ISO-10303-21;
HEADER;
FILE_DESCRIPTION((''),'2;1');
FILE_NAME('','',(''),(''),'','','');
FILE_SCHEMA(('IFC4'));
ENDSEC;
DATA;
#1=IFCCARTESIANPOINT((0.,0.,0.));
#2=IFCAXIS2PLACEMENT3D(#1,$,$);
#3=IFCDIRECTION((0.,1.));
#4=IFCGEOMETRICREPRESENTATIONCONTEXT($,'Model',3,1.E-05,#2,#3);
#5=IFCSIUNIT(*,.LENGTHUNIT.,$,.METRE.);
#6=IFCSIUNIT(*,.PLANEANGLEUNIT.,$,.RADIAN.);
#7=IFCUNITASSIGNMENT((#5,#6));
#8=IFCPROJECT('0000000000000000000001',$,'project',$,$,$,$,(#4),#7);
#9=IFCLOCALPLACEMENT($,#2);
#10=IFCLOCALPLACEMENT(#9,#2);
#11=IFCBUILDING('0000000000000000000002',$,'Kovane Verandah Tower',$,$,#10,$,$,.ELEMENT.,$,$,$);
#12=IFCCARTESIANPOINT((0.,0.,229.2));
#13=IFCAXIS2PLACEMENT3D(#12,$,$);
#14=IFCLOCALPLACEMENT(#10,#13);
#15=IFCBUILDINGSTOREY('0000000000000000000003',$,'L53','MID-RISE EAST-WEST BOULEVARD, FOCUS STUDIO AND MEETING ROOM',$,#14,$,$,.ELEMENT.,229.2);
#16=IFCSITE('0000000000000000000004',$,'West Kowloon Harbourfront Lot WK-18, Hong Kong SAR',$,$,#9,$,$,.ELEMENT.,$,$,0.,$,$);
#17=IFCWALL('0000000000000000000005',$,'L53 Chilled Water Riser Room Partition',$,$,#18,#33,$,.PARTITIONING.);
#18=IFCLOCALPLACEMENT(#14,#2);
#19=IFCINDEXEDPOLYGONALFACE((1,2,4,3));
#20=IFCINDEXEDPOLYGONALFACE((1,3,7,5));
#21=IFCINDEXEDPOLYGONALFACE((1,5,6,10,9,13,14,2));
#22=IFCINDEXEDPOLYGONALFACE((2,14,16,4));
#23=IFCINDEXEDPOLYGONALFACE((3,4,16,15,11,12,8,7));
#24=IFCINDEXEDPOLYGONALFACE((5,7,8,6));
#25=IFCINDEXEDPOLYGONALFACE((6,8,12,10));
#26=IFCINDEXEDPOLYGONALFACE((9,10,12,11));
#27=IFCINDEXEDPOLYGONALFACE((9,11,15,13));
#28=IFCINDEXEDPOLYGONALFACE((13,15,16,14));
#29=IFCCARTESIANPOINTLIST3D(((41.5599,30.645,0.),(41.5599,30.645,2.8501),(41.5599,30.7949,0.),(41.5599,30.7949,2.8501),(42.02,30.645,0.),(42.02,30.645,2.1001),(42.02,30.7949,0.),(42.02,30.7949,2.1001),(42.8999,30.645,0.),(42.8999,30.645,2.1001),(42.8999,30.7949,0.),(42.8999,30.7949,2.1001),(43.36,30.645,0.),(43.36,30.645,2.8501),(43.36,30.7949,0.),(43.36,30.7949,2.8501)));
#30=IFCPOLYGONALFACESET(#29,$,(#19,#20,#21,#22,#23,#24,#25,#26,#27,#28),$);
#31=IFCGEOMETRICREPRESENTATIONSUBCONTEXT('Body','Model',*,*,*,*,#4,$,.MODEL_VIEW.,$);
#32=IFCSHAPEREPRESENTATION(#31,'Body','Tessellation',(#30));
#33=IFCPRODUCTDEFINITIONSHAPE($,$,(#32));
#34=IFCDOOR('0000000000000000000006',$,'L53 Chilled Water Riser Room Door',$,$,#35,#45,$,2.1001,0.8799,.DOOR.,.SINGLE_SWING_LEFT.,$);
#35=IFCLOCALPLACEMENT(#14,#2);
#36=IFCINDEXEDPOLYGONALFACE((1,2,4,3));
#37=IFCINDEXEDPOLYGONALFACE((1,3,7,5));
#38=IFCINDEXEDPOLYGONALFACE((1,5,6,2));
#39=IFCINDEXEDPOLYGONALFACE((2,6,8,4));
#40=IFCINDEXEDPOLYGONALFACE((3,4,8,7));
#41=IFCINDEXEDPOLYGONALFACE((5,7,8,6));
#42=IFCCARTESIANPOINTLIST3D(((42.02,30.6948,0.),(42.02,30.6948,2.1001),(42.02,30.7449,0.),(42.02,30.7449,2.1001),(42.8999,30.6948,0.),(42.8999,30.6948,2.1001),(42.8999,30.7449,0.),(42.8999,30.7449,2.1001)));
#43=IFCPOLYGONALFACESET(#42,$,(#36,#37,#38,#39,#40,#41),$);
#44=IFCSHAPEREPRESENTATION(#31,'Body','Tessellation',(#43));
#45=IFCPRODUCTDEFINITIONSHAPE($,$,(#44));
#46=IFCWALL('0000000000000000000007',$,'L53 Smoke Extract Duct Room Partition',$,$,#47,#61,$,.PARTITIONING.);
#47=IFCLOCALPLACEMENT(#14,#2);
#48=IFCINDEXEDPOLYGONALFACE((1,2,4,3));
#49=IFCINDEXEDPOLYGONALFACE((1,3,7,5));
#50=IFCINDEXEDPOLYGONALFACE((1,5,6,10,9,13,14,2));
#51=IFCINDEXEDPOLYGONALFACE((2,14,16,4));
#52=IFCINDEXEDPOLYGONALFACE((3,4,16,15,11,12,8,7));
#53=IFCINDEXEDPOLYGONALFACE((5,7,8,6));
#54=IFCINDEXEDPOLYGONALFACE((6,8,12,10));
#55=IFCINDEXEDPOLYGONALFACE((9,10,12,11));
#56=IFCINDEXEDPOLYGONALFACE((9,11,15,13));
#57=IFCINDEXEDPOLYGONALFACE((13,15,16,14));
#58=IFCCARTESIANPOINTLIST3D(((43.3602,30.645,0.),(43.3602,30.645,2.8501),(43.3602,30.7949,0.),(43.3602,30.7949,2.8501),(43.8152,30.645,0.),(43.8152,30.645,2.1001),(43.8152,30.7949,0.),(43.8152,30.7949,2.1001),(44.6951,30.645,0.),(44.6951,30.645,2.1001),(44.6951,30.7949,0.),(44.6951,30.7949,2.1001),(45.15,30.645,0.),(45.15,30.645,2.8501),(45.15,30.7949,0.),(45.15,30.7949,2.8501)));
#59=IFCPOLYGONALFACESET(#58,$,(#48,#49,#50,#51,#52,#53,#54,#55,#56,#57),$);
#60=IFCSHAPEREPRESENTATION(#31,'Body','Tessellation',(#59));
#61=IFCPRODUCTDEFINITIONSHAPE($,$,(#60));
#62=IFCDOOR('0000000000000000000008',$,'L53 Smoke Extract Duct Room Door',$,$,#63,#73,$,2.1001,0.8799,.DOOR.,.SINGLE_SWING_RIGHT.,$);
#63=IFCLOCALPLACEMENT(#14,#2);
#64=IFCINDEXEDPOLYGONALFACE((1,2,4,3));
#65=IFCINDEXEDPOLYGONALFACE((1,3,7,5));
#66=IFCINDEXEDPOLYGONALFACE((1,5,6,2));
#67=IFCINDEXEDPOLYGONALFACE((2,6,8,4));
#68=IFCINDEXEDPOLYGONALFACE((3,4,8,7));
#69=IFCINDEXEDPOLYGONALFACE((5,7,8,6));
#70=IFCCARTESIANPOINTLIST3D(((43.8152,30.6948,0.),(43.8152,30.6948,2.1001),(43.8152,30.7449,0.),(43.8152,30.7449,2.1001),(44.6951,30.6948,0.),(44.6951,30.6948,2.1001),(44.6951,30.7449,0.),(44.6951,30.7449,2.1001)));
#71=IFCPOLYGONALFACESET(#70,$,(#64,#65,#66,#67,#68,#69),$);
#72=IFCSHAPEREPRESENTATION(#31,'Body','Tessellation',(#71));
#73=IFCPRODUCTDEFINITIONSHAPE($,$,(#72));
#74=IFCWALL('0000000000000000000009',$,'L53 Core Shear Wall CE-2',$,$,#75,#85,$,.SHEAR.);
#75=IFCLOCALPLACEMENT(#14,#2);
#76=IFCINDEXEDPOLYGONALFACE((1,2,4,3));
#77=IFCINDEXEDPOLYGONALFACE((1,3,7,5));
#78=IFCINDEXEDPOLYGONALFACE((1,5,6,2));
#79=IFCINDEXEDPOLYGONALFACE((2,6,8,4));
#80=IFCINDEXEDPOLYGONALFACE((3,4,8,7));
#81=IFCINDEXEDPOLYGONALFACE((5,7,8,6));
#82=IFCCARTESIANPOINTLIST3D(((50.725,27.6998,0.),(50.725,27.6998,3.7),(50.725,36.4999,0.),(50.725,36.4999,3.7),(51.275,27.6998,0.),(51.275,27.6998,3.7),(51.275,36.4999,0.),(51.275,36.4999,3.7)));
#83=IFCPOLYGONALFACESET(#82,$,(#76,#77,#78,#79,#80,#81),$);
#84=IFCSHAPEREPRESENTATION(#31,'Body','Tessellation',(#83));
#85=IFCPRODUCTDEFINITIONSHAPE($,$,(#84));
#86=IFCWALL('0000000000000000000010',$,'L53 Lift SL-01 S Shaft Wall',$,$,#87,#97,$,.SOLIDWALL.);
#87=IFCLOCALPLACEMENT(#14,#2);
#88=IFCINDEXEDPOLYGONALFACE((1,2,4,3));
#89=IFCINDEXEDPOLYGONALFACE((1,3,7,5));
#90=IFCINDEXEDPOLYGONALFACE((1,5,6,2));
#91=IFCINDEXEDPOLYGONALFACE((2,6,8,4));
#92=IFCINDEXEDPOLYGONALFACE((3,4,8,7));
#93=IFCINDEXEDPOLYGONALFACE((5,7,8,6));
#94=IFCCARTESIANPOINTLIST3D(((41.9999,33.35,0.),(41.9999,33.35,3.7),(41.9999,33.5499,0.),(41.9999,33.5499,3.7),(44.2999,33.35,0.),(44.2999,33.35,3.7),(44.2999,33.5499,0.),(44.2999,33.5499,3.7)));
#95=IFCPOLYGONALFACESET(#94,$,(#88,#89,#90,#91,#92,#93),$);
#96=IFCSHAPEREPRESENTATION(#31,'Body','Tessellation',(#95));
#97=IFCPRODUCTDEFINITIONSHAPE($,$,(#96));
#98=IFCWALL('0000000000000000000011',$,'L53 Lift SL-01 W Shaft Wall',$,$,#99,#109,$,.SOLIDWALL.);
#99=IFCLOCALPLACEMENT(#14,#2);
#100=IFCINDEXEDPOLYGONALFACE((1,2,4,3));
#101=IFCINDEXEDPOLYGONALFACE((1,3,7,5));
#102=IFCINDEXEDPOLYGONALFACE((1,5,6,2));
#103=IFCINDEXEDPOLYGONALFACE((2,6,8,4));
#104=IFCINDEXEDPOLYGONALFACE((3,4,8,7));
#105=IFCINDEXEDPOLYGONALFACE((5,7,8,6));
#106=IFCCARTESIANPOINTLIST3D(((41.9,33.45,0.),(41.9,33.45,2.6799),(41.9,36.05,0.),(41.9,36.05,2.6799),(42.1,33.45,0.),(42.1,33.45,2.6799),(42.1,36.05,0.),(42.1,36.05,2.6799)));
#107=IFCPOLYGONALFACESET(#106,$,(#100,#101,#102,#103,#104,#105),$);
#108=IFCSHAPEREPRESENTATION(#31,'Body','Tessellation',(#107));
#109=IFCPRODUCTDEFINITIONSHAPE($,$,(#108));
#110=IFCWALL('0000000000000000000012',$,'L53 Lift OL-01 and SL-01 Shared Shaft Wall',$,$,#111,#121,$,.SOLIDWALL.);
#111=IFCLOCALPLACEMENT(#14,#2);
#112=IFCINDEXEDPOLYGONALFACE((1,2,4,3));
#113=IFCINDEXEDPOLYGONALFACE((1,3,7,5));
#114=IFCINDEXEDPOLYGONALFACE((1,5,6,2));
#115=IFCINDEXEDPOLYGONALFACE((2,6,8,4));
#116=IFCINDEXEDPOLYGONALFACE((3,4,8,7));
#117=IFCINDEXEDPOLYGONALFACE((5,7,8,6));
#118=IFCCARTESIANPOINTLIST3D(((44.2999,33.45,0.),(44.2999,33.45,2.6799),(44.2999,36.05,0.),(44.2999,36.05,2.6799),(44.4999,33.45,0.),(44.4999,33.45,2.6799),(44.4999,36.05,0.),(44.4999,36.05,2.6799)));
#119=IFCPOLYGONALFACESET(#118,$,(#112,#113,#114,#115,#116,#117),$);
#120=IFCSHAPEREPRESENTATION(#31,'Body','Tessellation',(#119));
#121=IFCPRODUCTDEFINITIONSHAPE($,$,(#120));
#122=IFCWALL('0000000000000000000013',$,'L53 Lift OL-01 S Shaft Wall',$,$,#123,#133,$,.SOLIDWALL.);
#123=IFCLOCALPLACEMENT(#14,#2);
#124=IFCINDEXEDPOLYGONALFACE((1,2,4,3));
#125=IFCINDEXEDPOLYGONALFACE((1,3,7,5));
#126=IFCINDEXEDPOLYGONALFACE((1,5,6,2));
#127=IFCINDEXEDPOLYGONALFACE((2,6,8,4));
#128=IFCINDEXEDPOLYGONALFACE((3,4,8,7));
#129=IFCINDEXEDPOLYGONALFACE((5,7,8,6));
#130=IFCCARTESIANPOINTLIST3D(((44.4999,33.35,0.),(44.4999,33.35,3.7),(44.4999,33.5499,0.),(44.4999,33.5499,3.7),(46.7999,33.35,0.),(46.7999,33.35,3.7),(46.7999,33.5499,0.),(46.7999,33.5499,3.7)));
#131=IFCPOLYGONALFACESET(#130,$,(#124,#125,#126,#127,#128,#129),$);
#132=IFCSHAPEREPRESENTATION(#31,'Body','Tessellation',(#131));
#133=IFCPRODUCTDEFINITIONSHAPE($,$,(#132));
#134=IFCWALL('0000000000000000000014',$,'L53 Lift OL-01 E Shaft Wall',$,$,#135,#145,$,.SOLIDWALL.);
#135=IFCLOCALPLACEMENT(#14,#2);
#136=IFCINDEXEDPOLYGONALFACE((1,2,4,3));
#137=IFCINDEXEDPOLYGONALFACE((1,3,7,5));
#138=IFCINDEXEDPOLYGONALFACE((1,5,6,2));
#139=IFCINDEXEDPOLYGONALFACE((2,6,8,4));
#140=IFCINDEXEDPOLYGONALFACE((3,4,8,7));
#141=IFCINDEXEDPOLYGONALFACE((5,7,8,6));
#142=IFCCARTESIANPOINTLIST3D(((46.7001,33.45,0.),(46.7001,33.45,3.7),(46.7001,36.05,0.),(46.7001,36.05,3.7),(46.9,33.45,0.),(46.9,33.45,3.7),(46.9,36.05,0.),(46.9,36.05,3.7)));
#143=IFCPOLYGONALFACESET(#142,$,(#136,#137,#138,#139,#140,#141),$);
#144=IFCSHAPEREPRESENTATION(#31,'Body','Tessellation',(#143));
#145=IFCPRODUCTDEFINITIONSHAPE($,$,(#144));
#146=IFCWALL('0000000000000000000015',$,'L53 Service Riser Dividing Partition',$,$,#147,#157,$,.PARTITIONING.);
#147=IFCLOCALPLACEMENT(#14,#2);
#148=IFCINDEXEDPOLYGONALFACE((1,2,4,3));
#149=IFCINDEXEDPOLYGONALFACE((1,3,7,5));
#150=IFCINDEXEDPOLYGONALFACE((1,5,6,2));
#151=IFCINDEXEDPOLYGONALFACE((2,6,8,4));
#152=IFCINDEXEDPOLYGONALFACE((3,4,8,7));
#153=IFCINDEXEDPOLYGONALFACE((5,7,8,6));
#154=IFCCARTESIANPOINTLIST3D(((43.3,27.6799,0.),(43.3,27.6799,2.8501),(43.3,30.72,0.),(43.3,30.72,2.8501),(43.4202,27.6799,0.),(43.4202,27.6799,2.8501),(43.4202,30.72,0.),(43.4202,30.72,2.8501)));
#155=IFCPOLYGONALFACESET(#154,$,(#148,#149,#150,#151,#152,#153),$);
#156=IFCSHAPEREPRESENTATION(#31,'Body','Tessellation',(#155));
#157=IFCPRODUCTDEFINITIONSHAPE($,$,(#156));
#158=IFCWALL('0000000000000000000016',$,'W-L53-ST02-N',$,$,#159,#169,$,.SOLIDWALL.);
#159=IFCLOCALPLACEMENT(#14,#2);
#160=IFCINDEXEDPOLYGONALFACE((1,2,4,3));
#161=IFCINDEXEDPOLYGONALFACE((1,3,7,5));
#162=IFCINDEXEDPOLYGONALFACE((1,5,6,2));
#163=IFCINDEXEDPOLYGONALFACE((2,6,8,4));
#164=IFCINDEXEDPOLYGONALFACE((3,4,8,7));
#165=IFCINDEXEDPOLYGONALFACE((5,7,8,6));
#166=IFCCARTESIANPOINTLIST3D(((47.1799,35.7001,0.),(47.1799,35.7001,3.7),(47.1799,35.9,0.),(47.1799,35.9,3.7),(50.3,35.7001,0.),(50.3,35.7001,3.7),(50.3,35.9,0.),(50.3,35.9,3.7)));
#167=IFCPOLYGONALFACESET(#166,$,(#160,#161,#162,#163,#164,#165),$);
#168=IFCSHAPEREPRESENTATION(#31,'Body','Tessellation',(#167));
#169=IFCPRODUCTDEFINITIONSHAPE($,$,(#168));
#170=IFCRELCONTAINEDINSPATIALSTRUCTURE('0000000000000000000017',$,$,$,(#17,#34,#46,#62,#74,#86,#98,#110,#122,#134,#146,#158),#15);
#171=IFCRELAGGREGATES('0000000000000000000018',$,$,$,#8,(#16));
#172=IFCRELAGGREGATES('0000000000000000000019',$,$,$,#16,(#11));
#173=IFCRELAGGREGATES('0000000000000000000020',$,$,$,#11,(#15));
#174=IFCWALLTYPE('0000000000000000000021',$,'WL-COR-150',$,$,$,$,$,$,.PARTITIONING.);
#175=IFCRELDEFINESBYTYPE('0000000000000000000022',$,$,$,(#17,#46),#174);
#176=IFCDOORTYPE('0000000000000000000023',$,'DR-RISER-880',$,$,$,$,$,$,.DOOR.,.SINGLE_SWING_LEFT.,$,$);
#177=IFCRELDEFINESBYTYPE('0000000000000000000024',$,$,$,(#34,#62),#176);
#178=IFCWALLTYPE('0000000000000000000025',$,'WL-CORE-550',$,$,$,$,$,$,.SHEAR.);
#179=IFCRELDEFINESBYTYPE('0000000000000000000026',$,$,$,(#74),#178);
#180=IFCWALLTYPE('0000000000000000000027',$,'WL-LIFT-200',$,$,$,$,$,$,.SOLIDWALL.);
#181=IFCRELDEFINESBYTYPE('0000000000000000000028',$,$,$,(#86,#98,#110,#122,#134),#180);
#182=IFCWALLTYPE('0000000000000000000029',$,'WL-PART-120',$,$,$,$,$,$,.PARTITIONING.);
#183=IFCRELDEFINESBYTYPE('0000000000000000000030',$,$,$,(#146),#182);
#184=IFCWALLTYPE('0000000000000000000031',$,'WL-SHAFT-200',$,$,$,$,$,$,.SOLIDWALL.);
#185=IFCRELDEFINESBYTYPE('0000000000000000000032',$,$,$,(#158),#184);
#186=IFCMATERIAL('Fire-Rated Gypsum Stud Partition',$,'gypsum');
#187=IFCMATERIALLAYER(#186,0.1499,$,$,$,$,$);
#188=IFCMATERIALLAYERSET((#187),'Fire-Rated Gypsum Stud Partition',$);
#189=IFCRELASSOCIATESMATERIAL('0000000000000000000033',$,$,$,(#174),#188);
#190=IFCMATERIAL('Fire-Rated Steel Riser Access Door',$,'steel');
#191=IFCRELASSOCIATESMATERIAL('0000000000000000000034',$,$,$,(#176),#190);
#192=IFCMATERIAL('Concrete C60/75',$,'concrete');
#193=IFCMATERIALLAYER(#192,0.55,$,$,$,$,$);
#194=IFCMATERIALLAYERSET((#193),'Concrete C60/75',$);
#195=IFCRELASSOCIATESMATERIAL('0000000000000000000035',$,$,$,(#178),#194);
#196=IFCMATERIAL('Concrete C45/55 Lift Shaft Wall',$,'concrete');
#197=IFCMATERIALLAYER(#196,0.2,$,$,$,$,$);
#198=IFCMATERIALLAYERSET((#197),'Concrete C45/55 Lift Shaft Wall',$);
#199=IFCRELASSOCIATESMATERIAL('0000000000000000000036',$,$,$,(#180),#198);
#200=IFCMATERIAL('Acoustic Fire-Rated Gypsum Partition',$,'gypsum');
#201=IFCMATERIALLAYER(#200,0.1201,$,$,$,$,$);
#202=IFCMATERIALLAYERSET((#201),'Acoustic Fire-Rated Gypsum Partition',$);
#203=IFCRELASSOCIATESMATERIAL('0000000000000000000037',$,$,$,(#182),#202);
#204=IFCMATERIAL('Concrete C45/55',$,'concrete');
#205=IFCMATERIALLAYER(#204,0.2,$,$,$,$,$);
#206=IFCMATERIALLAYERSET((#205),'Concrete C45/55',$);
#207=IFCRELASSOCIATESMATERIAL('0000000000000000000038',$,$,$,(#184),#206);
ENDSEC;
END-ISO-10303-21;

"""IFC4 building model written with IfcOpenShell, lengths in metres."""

from ifc_helpers import new_model, si_unit, direction, frame, frame_2d, origin, place, context, subcontext, project, spatial, rectangle, extrude, material, layer, layer_set, type_object, element, fill, save


model = new_model("IFC4")

# Units and contexts
model_context = context("Model", 3, precision=1e-05, world=origin(), true_north=direction((0.0, 1.0)))
body_context = subcontext(model_context, "Body", "Model", "MODEL_VIEW")
ifc_project = project(units=[si_unit("LENGTHUNIT", "METRE"), si_unit("PLANEANGLEUNIT", "RADIAN")], contexts=[model_context])

# Site, building, storey
site_placement = place(None, origin())
site = spatial("IfcSite", under=ifc_project, at=site_placement, Name="West Kowloon Harbourfront Lot WK-18, Hong Kong SAR", CompositionType="ELEMENT", RefElevation=0.0)
building_placement = place(site_placement, origin())
building = spatial("IfcBuilding", under=site, at=building_placement, Name="Kovane Verandah Tower", CompositionType="ELEMENT")
storey_placement = place(building_placement, frame((0.0, 0.0, 229.2)))
storey = spatial("IfcBuildingStorey", under=building, at=storey_placement, Name="L53", Description="MID-RISE EAST-WEST BOULEVARD, FOCUS STUDIO AND MEETING ROOM", CompositionType="ELEMENT", Elevation=229.2)

# Walls, openings, doors
ifc_material_1 = material(Name="Fire-Rated Gypsum Stud Partition", Category="gypsum")
ifc_layer_1 = layer(ifc_material_1, 0.1499)
ifc_layer_set_1 = layer_set([ifc_layer_1], Name="Fire-Rated Gypsum Stud Partition")
wall_type_1 = type_object("IfcWallType", Name="WL-COR-150", PredefinedType="PARTITIONING", material=ifc_layer_set_1)
wall_1_placement = place(storey_placement, frame((41.5601, 30.72, 0.0), z_axis=(0.0, 0.0, 1.0), x_axis=(1.0, 0.0, 0.0)))
wall_1 = element("IfcWall", 1, at=wall_1_placement, inside=storey, type_object=wall_type_1, Name="L53 Chilled Water Riser Room Partition", PredefinedType="PARTITIONING", context=body_context, shape_type="SweptSolid", body=[
    extrude(rectangle(XDim=1.8, YDim=0.1499, at=frame_2d((0.8999, 0.0))), origin(), (0.0, 0.0, 1.0), 2.8501),
])
opening_1_placement = place(wall_1_placement, frame((0.46, 0.0, 0.0)))
opening_1 = element("IfcOpeningElement", 2, at=opening_1_placement, cuts=wall_1, PredefinedType="OPENING", context=body_context, shape_type="SweptSolid", body=[
    extrude(rectangle(XDim=0.8799, YDim=2.1001, at=frame_2d((0.4399, 1.05))), frame((0.0, 0.075, 0.0), z_axis=(0.0, -1.0, 0.0), x_axis=(1.0, 0.0, 0.0)), (0.0, 0.0, 1.0), 0.1499),
])
ifc_material_2 = material(Name="Fire-Rated Steel Riser Access Door", Category="steel")
door_type = type_object("IfcDoorType", Name="DR-RISER-880", OperationType="SINGLE_SWING_LEFT", PredefinedType="DOOR", material=ifc_material_2)
door_1_placement = place(opening_1_placement, origin())
door_1 = element("IfcDoor", 3, at=door_1_placement, inside=storey, type_object=door_type, Name="L53 Chilled Water Riser Room Door", OperationType="SINGLE_SWING_LEFT", OverallHeight=2.1001, OverallWidth=0.8799, PredefinedType="DOOR", context=body_context, shape_type="SweptSolid", body=[
    extrude(rectangle(XDim=0.8799, YDim=2.1001, at=frame_2d((0.4399, 1.05))), frame((0.0, 0.0249, 0.0), z_axis=(0.0, -1.0, 0.0), x_axis=(1.0, 0.0, 0.0)), (0.0, 0.0, 1.0), 0.05),
])
fill(opening_1, door_1)
wall_2_placement = place(storey_placement, frame((43.3601, 30.72, 0.0), z_axis=(0.0, 0.0, 1.0), x_axis=(1.0, 0.0, 0.0)))
wall_2 = element("IfcWall", 4, at=wall_2_placement, inside=storey, type_object=wall_type_1, Name="L53 Smoke Extract Duct Room Partition", PredefinedType="PARTITIONING", context=body_context, shape_type="SweptSolid", body=[
    extrude(rectangle(XDim=1.7898, YDim=0.1499, at=frame_2d((0.895, 0.0))), origin(), (0.0, 0.0, 1.0), 2.8501),
])
opening_2_placement = place(wall_2_placement, frame((0.4551, 0.0, 0.0)))
opening_2 = element("IfcOpeningElement", 5, at=opening_2_placement, cuts=wall_2, PredefinedType="OPENING", context=body_context, shape_type="SweptSolid", body=[
    extrude(rectangle(XDim=0.8799, YDim=2.1001, at=frame_2d((0.4399, 1.05))), frame((0.0, 0.075, 0.0), z_axis=(0.0, -1.0, 0.0), x_axis=(1.0, 0.0, 0.0)), (0.0, 0.0, 1.0), 0.1499),
])
door_2_placement = place(opening_2_placement, origin())
door_2 = element("IfcDoor", 6, at=door_2_placement, inside=storey, type_object=door_type, Name="L53 Smoke Extract Duct Room Door", OperationType="SINGLE_SWING_RIGHT", OverallHeight=2.1001, OverallWidth=0.8799, PredefinedType="DOOR", context=body_context, shape_type="SweptSolid", body=[
    extrude(rectangle(XDim=0.8799, YDim=2.1001, at=frame_2d((0.4399, 1.05))), frame((0.0, 0.0249, 0.0), z_axis=(0.0, -1.0, 0.0), x_axis=(1.0, 0.0, 0.0)), (0.0, 0.0, 1.0), 0.05),
])
fill(opening_2, door_2)

# Walls
ifc_material_3 = material(Name="Concrete C60/75", Category="concrete")
ifc_layer_2 = layer(ifc_material_3, 0.55)
ifc_layer_set_2 = layer_set([ifc_layer_2], Name="Concrete C60/75")
wall_type_2 = type_object("IfcWallType", Name="WL-CORE-550", PredefinedType="SHEAR", material=ifc_layer_set_2)
wall_3_placement = place(storey_placement, frame((51.0, 27.7, 0.0), z_axis=(0.0, 0.0, 1.0), x_axis=(0.0, 1.0, 0.0)))
element("IfcWall", 7, at=wall_3_placement, inside=storey, type_object=wall_type_2, Name="L53 Core Shear Wall CE-2", PredefinedType="SHEAR", context=body_context, shape_type="SweptSolid", body=[
    extrude(rectangle(XDim=8.8, YDim=0.55, at=frame_2d((4.3999, 0.0))), origin(), (0.0, 0.0, 1.0), 3.7),
])
ifc_material_4 = material(Name="Concrete C45/55 Lift Shaft Wall", Category="concrete")
ifc_layer_3 = layer(ifc_material_4, 0.2)
ifc_layer_set_3 = layer_set([ifc_layer_3], Name="Concrete C45/55 Lift Shaft Wall")
wall_type_3 = type_object("IfcWallType", Name="WL-LIFT-200", PredefinedType="SOLIDWALL", material=ifc_layer_set_3)
wall_4_placement = place(storey_placement, frame((42.0, 33.45, 0.0), z_axis=(0.0, 0.0, 1.0), x_axis=(1.0, 0.0, 0.0)))
element("IfcWall", 8, at=wall_4_placement, inside=storey, type_object=wall_type_3, Name="L53 Lift SL-01 S Shaft Wall", PredefinedType="SOLIDWALL", context=body_context, shape_type="SweptSolid", body=[
    extrude(rectangle(XDim=2.3, YDim=0.2, at=frame_2d((1.1499, 0.0))), origin(), (0.0, 0.0, 1.0), 3.7),
])
for number, where, z_axis, x_axis, name in (
    (9, (42.0, 36.05, 0.0), (0.0, 0.0, 1.0), (0.0, -1.0, 0.0), "L53 Lift SL-01 W Shaft Wall"),
    (10, (44.3999, 33.45, 0.0), (0.0, 0.0, 1.0), (0.0, 1.0, 0.0), "L53 Lift OL-01 and SL-01 Shared Shaft Wall"),
):
    element("IfcWall", number, at=place(storey_placement, frame(where, z_axis=z_axis, x_axis=x_axis)), inside=storey, type_object=wall_type_3, Name=name, PredefinedType="SOLIDWALL", context=body_context, shape_type="SweptSolid", body=[
        extrude(rectangle(XDim=2.6001, YDim=0.2, at=frame_2d((1.3, 0.0))), origin(), (0.0, 0.0, 1.0), 2.6799),
    ])
wall_5_placement = place(storey_placement, frame((44.5, 33.45, 0.0), z_axis=(0.0, 0.0, 1.0), x_axis=(1.0, 0.0, 0.0)))
element("IfcWall", 11, at=wall_5_placement, inside=storey, type_object=wall_type_3, Name="L53 Lift OL-01 S Shaft Wall", PredefinedType="SOLIDWALL", context=body_context, shape_type="SweptSolid", body=[
    extrude(rectangle(XDim=2.3, YDim=0.2, at=frame_2d((1.1499, 0.0))), origin(), (0.0, 0.0, 1.0), 3.7),
])
wall_6_placement = place(storey_placement, frame((46.8, 33.45, 0.0), z_axis=(0.0, 0.0, 1.0), x_axis=(0.0, 1.0, 0.0)))
element("IfcWall", 12, at=wall_6_placement, inside=storey, type_object=wall_type_3, Name="L53 Lift OL-01 E Shaft Wall", PredefinedType="SOLIDWALL", context=body_context, shape_type="SweptSolid", body=[
    extrude(rectangle(XDim=2.6001, YDim=0.2, at=frame_2d((1.3, 0.0))), origin(), (0.0, 0.0, 1.0), 3.7),
])
ifc_material_5 = material(Name="Acoustic Fire-Rated Gypsum Partition", Category="gypsum")
ifc_layer_4 = layer(ifc_material_5, 0.1201)
ifc_layer_set_4 = layer_set([ifc_layer_4], Name="Acoustic Fire-Rated Gypsum Partition")
wall_type_4 = type_object("IfcWallType", Name="WL-PART-120", PredefinedType="PARTITIONING", material=ifc_layer_set_4)
wall_7_placement = place(storey_placement, frame((43.3601, 27.6799, 0.0), z_axis=(0.0, 0.0, 1.0), x_axis=(0.0, 1.0, 0.0)))
element("IfcWall", 13, at=wall_7_placement, inside=storey, type_object=wall_type_4, Name="L53 Service Riser Dividing Partition", PredefinedType="PARTITIONING", context=body_context, shape_type="SweptSolid", body=[
    extrude(rectangle(XDim=3.04, YDim=0.1201, at=frame_2d((1.52, 0.0))), origin(), (0.0, 0.0, 1.0), 2.8501),
])
ifc_material_6 = material(Name="Concrete C45/55", Category="concrete")
ifc_layer_5 = layer(ifc_material_6, 0.2)
ifc_layer_set_5 = layer_set([ifc_layer_5], Name="Concrete C45/55")
wall_type_5 = type_object("IfcWallType", Name="WL-SHAFT-200", PredefinedType="SOLIDWALL", material=ifc_layer_set_5)
wall_8_placement = place(storey_placement, frame((47.1799, 35.8, 0.0), z_axis=(0.0, 0.0, 1.0), x_axis=(1.0, 0.0, 0.0)))
element("IfcWall", 14, at=wall_8_placement, inside=storey, type_object=wall_type_5, Name="W-L53-ST02-N", PredefinedType="SOLIDWALL", context=body_context, shape_type="SweptSolid", body=[
    extrude(rectangle(XDim=3.1201, YDim=0.2, at=frame_2d((1.5601, 0.0))), origin(), (0.0, 0.0, 1.0), 3.7),
])

save(model, "model.ifc")
